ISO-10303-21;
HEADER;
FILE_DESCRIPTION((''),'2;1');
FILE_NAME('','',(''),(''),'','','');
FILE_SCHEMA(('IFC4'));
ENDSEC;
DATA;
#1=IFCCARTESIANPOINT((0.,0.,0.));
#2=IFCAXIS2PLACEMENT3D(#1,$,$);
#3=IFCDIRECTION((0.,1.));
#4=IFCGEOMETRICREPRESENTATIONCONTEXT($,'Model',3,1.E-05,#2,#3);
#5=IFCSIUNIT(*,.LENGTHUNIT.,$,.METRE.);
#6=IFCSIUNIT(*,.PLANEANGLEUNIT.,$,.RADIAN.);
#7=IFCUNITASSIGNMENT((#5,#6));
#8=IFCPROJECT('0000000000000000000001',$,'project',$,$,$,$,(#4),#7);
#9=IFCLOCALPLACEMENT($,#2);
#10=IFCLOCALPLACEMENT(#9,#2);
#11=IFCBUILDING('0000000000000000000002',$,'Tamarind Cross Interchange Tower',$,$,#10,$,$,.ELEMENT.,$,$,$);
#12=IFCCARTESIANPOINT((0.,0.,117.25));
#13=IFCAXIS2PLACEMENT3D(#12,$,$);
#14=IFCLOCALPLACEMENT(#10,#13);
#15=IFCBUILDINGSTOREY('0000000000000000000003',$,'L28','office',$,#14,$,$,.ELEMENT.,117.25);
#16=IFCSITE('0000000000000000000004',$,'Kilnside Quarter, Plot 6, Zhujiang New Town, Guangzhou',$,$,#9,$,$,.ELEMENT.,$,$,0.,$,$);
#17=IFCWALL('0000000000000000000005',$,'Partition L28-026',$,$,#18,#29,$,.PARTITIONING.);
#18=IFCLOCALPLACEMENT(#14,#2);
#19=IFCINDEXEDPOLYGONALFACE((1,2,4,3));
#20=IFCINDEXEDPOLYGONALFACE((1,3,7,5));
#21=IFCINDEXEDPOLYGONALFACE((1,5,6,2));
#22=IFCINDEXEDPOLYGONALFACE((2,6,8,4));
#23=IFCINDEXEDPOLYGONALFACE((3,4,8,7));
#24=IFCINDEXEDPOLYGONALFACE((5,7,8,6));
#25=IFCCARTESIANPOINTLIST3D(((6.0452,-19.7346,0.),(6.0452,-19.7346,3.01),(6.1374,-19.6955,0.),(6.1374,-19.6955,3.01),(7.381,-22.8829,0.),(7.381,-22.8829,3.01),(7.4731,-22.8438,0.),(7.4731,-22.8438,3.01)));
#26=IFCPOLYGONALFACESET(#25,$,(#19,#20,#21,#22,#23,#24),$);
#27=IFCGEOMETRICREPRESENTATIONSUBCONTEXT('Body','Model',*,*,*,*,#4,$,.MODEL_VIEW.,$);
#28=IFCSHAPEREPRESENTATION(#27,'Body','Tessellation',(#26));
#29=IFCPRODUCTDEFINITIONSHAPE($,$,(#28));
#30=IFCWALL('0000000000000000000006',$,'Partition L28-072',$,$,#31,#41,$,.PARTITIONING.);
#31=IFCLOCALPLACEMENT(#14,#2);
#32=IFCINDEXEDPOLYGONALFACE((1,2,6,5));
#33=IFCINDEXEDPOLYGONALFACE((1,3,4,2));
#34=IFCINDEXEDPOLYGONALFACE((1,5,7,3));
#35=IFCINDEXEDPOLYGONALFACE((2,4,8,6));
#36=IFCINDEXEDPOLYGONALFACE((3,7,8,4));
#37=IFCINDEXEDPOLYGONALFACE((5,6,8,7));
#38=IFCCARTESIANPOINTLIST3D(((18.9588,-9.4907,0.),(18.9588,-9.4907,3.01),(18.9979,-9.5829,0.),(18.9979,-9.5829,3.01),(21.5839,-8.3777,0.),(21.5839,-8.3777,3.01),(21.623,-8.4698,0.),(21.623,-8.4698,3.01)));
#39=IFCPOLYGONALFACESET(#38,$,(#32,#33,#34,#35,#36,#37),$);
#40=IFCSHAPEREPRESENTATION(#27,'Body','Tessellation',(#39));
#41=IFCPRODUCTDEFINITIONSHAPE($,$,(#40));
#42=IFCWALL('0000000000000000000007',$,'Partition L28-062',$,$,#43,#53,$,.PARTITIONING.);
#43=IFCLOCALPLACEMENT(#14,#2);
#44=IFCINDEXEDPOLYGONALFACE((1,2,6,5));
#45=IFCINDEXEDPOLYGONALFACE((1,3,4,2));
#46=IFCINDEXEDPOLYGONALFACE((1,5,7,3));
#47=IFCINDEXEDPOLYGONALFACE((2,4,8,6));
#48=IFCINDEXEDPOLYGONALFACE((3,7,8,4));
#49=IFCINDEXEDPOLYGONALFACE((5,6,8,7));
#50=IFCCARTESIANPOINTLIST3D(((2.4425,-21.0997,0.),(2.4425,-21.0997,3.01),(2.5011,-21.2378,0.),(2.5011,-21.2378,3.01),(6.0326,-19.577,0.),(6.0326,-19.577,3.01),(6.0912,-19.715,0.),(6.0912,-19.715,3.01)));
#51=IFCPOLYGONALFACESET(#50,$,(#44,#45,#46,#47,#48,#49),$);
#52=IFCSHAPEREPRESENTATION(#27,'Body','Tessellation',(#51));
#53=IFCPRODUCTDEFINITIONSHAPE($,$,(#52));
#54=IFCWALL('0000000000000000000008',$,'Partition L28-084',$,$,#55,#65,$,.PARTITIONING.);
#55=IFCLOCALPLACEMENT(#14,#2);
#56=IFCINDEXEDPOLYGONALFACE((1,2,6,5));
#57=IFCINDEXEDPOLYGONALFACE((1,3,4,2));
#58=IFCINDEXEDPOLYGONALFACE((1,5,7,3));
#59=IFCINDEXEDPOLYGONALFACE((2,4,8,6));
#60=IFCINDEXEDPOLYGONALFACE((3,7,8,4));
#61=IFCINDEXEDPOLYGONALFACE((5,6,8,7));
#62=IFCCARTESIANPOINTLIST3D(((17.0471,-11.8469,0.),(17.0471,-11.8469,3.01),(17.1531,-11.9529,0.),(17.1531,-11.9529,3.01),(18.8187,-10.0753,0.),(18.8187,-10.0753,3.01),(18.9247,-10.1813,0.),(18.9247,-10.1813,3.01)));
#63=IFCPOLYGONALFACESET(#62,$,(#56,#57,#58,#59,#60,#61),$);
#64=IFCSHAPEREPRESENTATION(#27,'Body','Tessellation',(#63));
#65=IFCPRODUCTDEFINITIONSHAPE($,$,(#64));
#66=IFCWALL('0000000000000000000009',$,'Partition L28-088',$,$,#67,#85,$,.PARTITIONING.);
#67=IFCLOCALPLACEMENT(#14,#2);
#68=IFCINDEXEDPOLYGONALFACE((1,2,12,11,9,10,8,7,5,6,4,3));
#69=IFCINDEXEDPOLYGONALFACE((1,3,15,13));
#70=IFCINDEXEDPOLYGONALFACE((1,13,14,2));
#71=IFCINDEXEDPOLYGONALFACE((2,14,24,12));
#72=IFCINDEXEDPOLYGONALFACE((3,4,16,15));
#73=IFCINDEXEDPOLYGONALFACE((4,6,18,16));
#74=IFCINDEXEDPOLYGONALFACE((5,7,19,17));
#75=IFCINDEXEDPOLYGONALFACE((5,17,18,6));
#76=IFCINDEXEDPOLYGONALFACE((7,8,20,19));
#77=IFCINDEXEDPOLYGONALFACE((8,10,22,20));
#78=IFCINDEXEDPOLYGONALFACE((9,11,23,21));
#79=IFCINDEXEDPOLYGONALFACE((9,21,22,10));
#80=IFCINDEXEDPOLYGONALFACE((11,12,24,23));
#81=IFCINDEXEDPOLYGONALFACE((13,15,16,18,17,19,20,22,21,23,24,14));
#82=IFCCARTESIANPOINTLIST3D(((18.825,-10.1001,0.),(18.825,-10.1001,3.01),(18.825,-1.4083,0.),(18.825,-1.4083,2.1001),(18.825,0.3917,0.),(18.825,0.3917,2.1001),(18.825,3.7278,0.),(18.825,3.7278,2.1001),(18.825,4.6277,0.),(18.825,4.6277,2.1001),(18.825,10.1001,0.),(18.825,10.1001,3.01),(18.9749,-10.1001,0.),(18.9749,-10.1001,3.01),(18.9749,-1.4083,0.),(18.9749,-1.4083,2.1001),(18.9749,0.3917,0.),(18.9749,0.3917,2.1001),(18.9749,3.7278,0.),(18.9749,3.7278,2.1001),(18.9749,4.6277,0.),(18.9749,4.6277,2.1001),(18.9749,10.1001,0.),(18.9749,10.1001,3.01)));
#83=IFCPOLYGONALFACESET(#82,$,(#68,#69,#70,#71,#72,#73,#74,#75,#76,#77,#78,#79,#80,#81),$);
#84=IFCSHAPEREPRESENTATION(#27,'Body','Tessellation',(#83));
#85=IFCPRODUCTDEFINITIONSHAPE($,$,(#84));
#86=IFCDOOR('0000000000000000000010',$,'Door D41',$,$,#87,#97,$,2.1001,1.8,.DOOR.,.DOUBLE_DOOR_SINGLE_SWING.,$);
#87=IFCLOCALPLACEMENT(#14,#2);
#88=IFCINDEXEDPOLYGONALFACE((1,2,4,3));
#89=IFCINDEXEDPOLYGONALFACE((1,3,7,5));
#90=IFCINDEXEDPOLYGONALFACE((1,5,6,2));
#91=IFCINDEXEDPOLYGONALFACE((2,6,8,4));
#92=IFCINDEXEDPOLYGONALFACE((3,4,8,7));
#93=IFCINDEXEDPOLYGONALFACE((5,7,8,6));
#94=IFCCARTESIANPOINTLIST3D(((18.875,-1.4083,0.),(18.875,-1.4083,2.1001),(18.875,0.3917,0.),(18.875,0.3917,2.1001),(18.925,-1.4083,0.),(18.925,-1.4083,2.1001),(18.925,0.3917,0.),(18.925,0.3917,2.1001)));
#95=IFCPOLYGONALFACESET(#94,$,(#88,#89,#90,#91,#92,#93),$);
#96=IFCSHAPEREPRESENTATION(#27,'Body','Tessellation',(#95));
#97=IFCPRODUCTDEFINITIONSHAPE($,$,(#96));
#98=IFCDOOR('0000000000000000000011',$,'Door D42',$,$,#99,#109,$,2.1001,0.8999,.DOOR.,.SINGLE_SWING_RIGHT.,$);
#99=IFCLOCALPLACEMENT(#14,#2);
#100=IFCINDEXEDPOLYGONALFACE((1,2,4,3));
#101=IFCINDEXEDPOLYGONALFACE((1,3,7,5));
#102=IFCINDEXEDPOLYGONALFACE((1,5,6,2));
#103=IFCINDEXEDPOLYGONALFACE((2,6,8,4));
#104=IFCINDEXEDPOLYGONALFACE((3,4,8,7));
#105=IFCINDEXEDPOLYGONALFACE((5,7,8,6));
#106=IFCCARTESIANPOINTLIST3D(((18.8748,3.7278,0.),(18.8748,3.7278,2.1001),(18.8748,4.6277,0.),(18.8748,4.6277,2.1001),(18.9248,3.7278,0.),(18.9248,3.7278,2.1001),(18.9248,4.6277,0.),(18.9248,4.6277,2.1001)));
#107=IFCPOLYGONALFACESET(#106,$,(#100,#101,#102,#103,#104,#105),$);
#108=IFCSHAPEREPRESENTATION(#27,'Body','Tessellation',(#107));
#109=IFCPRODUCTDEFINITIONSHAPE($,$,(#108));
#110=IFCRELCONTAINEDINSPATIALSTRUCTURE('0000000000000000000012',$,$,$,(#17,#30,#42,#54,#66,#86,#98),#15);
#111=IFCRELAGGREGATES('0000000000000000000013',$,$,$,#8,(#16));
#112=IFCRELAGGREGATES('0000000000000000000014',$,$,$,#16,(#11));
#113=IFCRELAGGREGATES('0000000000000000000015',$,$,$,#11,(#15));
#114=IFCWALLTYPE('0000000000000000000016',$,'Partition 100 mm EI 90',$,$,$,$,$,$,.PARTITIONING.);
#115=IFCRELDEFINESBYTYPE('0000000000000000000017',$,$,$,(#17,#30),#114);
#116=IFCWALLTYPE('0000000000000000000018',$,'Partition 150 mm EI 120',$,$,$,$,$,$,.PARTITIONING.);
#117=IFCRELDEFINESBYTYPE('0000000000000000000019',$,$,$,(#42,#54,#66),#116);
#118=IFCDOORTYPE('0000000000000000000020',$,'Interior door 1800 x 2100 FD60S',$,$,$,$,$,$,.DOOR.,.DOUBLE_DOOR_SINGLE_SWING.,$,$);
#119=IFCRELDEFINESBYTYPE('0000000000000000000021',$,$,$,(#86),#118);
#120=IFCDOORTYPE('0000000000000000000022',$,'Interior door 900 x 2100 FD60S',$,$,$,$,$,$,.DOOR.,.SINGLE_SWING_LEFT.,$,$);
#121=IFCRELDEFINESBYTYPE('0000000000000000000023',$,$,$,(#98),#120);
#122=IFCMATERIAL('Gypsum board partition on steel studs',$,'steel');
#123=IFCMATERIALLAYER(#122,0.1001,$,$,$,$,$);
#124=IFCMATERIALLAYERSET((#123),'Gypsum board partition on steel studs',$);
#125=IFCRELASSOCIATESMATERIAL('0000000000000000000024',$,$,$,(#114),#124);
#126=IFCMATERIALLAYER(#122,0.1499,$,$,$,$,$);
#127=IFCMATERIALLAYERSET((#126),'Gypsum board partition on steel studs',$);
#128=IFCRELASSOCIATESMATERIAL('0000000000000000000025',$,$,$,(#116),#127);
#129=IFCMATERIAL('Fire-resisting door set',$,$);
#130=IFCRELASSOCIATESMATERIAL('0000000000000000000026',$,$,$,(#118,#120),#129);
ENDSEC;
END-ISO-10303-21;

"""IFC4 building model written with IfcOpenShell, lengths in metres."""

from ifc_helpers import new_model, si_unit, direction, frame, frame_2d, origin, place, context, subcontext, project, spatial, rectangle, extrude, material, layer, layer_set, type_object, element, fill, save


model = new_model("IFC4")

# Units and contexts
model_context = context("Model", 3, precision=1e-05, world=origin(), true_north=direction((0.0, 1.0)))
body_context = subcontext(model_context, "Body", "Model", "MODEL_VIEW")
ifc_project = project(units=[si_unit("LENGTHUNIT", "METRE"), si_unit("PLANEANGLEUNIT", "RADIAN")], contexts=[model_context])

# Site, building, storey
site_placement = place(None, origin())
site = spatial("IfcSite", under=ifc_project, at=site_placement, Name="Kilnside Quarter, Plot 6, Zhujiang New Town, Guangzhou", CompositionType="ELEMENT", RefElevation=0.0)
building_placement = place(site_placement, origin())
building = spatial("IfcBuilding", under=site, at=building_placement, Name="Tamarind Cross Interchange Tower", CompositionType="ELEMENT")
storey_placement = place(building_placement, frame((0.0, 0.0, 117.25)))
storey = spatial("IfcBuildingStorey", under=building, at=storey_placement, Name="L28", Description="office", CompositionType="ELEMENT", Elevation=117.25)

# Walls
ifc_material_1 = material(Name="Gypsum board partition on steel studs", Category="steel")
ifc_layer_1 = layer(ifc_material_1, 0.1001)
ifc_layer_set_1 = layer_set([ifc_layer_1], Name="Gypsum board partition on steel studs")
wall_type_1 = type_object("IfcWallType", Name="Partition 100 mm EI 90", PredefinedType="PARTITIONING", material=ifc_layer_set_1)
wall_1_placement = place(storey_placement, frame((6.0913, -19.7151, 0.0), z_axis=(0.0, 0.0, 1.0), x_axis=(0.390574, -0.920572, 0.0)))
element("IfcWall", 1, at=wall_1_placement, inside=storey, type_object=wall_type_1, Name="Partition L28-026", PredefinedType="PARTITIONING", context=body_context, shape_type="SweptSolid", body=[
    extrude(rectangle(XDim=3.4199, YDim=0.1001, at=frame_2d((1.71, 0.0))), origin(), (0.0, 0.0, 1.0), 3.01),
])
wall_2_placement = place(storey_placement, frame((18.9783, -9.5369, 0.0), z_axis=(0.0, 0.0, 1.0), x_axis=(0.920657, 0.390372, 0.0)))
element("IfcWall", 2, at=wall_2_placement, inside=storey, type_object=wall_type_1, Name="Partition L28-072", PredefinedType="PARTITIONING", context=body_context, shape_type="SweptSolid", body=[
    extrude(rectangle(XDim=2.8513, YDim=0.1001, at=frame_2d((1.4258, 0.0))), origin(), (0.0, 0.0, 1.0), 3.01),
])
ifc_layer_2 = layer(ifc_material_1, 0.1499)
ifc_layer_set_2 = layer_set([ifc_layer_2], Name="Gypsum board partition on steel studs")
wall_type_2 = type_object("IfcWallType", Name="Partition 150 mm EI 120", PredefinedType="PARTITIONING", material=ifc_layer_set_2)
wall_3_placement = place(storey_placement, frame((2.4719, -21.1687, 0.0), z_axis=(0.0, 0.0, 1.0), x_axis=(0.920615, 0.390471, 0.0)))
element("IfcWall", 3, at=wall_3_placement, inside=storey, type_object=wall_type_2, Name="Partition L28-062", PredefinedType="PARTITIONING", context=body_context, shape_type="SweptSolid", body=[
    extrude(rectangle(XDim=3.8997, YDim=0.1499, at=frame_2d((1.9497, 0.0))), origin(), (0.0, 0.0, 1.0), 3.01),
])
wall_4_placement = place(storey_placement, frame((17.1001, -11.8999, 0.0), z_axis=(0.0, 0.0, 1.0), x_axis=(0.707107, 0.707107, 0.0)))
element("IfcWall", 4, at=wall_4_placement, inside=storey, type_object=wall_type_2, Name="Partition L28-084", PredefinedType="PARTITIONING", context=body_context, shape_type="SweptSolid", body=[
    extrude(rectangle(XDim=2.5054, YDim=0.1499, at=frame_2d((1.2527, 0.0))), origin(), (0.0, 0.0, 1.0), 3.01),
])

# Wall, openings, doors
wall_5_placement = place(storey_placement, frame((18.8999, -10.1001, 0.0), z_axis=(0.0, 0.0, 1.0), x_axis=(0.0, 1.0, 0.0)))
wall_5 = element("IfcWall", 5, at=wall_5_placement, inside=storey, type_object=wall_type_2, Name="Partition L28-088", PredefinedType="PARTITIONING", context=body_context, shape_type="SweptSolid", body=[
    extrude(rectangle(XDim=20.2002, YDim=0.1499, at=frame_2d((10.1001, 0.0))), origin(), (0.0, 0.0, 1.0), 3.01),
])
opening_1_placement = place(wall_5_placement, frame((8.6919, 0.0, 0.0)))
opening_1 = element("IfcOpeningElement", 6, at=opening_1_placement, cuts=wall_5, PredefinedType="OPENING", context=body_context, shape_type="SweptSolid", body=[
    extrude(rectangle(XDim=1.8, YDim=2.1001, at=frame_2d((0.8999, 1.05))), frame((0.0, 0.085, 0.0), z_axis=(0.0, -1.0, 0.0), x_axis=(1.0, 0.0, 0.0)), (0.0, 0.0, 1.0), 0.1699),
])
opening_2_placement = place(wall_5_placement, frame((13.8279, 0.0, 0.0)))
opening_2 = element("IfcOpeningElement", 7, at=opening_2_placement, cuts=wall_5, PredefinedType="OPENING", context=body_context, shape_type="SweptSolid", body=[
    extrude(rectangle(XDim=0.8999, YDim=2.1001, at=frame_2d((0.45, 1.05))), frame((0.0, 0.085, 0.0), z_axis=(0.0, -1.0, 0.0), x_axis=(1.0, 0.0, 0.0)), (0.0, 0.0, 1.0), 0.1699),
])
ifc_material_2 = material(Name="Fire-resisting door set")
door_type_1 = type_object("IfcDoorType", Name="Interior door 1800 x 2100 FD60S", OperationType="DOUBLE_DOOR_SINGLE_SWING", PredefinedType="DOOR", material=ifc_material_2)
door_1_placement = place(opening_1_placement, origin())
door_1 = element("IfcDoor", 8, at=door_1_placement, inside=storey, type_object=door_type_1, Name="Door D41", OperationType="DOUBLE_DOOR_SINGLE_SWING", OverallHeight=2.1001, OverallWidth=1.8, PredefinedType="DOOR", context=body_context, shape_type="SweptSolid", body=[
    extrude(rectangle(XDim=1.8, YDim=2.1001, at=frame_2d((0.8999, 1.05))), frame((0.0, 0.0249, 0.0), z_axis=(0.0, -1.0, 0.0), x_axis=(1.0, 0.0, 0.0)), (0.0, 0.0, 1.0), 0.05),
])
fill(opening_1, door_1)
door_type_2 = type_object("IfcDoorType", Name="Interior door 900 x 2100 FD60S", OperationType="SINGLE_SWING_LEFT", PredefinedType="DOOR", material=ifc_material_2)
door_2_placement = place(opening_2_placement, frame((0.8999, 0.0, 0.0), z_axis=(0.0, 0.0, 1.0), x_axis=(-1.0, 0.0, 0.0)))
door_2 = element("IfcDoor", 9, at=door_2_placement, inside=storey, type_object=door_type_2, Name="Door D42", OperationType="SINGLE_SWING_RIGHT", OverallHeight=2.1001, OverallWidth=0.8999, PredefinedType="DOOR", context=body_context, shape_type="SweptSolid", body=[
    extrude(rectangle(XDim=0.8999, YDim=2.1001, at=frame_2d((0.45, 1.05))), frame((0.0, 0.0249, 0.0), z_axis=(0.0, -1.0, 0.0), x_axis=(1.0, 0.0, 0.0)), (0.0, 0.0, 1.0), 0.05),
])
fill(opening_2, door_2)

save(model, "model.ifc")
